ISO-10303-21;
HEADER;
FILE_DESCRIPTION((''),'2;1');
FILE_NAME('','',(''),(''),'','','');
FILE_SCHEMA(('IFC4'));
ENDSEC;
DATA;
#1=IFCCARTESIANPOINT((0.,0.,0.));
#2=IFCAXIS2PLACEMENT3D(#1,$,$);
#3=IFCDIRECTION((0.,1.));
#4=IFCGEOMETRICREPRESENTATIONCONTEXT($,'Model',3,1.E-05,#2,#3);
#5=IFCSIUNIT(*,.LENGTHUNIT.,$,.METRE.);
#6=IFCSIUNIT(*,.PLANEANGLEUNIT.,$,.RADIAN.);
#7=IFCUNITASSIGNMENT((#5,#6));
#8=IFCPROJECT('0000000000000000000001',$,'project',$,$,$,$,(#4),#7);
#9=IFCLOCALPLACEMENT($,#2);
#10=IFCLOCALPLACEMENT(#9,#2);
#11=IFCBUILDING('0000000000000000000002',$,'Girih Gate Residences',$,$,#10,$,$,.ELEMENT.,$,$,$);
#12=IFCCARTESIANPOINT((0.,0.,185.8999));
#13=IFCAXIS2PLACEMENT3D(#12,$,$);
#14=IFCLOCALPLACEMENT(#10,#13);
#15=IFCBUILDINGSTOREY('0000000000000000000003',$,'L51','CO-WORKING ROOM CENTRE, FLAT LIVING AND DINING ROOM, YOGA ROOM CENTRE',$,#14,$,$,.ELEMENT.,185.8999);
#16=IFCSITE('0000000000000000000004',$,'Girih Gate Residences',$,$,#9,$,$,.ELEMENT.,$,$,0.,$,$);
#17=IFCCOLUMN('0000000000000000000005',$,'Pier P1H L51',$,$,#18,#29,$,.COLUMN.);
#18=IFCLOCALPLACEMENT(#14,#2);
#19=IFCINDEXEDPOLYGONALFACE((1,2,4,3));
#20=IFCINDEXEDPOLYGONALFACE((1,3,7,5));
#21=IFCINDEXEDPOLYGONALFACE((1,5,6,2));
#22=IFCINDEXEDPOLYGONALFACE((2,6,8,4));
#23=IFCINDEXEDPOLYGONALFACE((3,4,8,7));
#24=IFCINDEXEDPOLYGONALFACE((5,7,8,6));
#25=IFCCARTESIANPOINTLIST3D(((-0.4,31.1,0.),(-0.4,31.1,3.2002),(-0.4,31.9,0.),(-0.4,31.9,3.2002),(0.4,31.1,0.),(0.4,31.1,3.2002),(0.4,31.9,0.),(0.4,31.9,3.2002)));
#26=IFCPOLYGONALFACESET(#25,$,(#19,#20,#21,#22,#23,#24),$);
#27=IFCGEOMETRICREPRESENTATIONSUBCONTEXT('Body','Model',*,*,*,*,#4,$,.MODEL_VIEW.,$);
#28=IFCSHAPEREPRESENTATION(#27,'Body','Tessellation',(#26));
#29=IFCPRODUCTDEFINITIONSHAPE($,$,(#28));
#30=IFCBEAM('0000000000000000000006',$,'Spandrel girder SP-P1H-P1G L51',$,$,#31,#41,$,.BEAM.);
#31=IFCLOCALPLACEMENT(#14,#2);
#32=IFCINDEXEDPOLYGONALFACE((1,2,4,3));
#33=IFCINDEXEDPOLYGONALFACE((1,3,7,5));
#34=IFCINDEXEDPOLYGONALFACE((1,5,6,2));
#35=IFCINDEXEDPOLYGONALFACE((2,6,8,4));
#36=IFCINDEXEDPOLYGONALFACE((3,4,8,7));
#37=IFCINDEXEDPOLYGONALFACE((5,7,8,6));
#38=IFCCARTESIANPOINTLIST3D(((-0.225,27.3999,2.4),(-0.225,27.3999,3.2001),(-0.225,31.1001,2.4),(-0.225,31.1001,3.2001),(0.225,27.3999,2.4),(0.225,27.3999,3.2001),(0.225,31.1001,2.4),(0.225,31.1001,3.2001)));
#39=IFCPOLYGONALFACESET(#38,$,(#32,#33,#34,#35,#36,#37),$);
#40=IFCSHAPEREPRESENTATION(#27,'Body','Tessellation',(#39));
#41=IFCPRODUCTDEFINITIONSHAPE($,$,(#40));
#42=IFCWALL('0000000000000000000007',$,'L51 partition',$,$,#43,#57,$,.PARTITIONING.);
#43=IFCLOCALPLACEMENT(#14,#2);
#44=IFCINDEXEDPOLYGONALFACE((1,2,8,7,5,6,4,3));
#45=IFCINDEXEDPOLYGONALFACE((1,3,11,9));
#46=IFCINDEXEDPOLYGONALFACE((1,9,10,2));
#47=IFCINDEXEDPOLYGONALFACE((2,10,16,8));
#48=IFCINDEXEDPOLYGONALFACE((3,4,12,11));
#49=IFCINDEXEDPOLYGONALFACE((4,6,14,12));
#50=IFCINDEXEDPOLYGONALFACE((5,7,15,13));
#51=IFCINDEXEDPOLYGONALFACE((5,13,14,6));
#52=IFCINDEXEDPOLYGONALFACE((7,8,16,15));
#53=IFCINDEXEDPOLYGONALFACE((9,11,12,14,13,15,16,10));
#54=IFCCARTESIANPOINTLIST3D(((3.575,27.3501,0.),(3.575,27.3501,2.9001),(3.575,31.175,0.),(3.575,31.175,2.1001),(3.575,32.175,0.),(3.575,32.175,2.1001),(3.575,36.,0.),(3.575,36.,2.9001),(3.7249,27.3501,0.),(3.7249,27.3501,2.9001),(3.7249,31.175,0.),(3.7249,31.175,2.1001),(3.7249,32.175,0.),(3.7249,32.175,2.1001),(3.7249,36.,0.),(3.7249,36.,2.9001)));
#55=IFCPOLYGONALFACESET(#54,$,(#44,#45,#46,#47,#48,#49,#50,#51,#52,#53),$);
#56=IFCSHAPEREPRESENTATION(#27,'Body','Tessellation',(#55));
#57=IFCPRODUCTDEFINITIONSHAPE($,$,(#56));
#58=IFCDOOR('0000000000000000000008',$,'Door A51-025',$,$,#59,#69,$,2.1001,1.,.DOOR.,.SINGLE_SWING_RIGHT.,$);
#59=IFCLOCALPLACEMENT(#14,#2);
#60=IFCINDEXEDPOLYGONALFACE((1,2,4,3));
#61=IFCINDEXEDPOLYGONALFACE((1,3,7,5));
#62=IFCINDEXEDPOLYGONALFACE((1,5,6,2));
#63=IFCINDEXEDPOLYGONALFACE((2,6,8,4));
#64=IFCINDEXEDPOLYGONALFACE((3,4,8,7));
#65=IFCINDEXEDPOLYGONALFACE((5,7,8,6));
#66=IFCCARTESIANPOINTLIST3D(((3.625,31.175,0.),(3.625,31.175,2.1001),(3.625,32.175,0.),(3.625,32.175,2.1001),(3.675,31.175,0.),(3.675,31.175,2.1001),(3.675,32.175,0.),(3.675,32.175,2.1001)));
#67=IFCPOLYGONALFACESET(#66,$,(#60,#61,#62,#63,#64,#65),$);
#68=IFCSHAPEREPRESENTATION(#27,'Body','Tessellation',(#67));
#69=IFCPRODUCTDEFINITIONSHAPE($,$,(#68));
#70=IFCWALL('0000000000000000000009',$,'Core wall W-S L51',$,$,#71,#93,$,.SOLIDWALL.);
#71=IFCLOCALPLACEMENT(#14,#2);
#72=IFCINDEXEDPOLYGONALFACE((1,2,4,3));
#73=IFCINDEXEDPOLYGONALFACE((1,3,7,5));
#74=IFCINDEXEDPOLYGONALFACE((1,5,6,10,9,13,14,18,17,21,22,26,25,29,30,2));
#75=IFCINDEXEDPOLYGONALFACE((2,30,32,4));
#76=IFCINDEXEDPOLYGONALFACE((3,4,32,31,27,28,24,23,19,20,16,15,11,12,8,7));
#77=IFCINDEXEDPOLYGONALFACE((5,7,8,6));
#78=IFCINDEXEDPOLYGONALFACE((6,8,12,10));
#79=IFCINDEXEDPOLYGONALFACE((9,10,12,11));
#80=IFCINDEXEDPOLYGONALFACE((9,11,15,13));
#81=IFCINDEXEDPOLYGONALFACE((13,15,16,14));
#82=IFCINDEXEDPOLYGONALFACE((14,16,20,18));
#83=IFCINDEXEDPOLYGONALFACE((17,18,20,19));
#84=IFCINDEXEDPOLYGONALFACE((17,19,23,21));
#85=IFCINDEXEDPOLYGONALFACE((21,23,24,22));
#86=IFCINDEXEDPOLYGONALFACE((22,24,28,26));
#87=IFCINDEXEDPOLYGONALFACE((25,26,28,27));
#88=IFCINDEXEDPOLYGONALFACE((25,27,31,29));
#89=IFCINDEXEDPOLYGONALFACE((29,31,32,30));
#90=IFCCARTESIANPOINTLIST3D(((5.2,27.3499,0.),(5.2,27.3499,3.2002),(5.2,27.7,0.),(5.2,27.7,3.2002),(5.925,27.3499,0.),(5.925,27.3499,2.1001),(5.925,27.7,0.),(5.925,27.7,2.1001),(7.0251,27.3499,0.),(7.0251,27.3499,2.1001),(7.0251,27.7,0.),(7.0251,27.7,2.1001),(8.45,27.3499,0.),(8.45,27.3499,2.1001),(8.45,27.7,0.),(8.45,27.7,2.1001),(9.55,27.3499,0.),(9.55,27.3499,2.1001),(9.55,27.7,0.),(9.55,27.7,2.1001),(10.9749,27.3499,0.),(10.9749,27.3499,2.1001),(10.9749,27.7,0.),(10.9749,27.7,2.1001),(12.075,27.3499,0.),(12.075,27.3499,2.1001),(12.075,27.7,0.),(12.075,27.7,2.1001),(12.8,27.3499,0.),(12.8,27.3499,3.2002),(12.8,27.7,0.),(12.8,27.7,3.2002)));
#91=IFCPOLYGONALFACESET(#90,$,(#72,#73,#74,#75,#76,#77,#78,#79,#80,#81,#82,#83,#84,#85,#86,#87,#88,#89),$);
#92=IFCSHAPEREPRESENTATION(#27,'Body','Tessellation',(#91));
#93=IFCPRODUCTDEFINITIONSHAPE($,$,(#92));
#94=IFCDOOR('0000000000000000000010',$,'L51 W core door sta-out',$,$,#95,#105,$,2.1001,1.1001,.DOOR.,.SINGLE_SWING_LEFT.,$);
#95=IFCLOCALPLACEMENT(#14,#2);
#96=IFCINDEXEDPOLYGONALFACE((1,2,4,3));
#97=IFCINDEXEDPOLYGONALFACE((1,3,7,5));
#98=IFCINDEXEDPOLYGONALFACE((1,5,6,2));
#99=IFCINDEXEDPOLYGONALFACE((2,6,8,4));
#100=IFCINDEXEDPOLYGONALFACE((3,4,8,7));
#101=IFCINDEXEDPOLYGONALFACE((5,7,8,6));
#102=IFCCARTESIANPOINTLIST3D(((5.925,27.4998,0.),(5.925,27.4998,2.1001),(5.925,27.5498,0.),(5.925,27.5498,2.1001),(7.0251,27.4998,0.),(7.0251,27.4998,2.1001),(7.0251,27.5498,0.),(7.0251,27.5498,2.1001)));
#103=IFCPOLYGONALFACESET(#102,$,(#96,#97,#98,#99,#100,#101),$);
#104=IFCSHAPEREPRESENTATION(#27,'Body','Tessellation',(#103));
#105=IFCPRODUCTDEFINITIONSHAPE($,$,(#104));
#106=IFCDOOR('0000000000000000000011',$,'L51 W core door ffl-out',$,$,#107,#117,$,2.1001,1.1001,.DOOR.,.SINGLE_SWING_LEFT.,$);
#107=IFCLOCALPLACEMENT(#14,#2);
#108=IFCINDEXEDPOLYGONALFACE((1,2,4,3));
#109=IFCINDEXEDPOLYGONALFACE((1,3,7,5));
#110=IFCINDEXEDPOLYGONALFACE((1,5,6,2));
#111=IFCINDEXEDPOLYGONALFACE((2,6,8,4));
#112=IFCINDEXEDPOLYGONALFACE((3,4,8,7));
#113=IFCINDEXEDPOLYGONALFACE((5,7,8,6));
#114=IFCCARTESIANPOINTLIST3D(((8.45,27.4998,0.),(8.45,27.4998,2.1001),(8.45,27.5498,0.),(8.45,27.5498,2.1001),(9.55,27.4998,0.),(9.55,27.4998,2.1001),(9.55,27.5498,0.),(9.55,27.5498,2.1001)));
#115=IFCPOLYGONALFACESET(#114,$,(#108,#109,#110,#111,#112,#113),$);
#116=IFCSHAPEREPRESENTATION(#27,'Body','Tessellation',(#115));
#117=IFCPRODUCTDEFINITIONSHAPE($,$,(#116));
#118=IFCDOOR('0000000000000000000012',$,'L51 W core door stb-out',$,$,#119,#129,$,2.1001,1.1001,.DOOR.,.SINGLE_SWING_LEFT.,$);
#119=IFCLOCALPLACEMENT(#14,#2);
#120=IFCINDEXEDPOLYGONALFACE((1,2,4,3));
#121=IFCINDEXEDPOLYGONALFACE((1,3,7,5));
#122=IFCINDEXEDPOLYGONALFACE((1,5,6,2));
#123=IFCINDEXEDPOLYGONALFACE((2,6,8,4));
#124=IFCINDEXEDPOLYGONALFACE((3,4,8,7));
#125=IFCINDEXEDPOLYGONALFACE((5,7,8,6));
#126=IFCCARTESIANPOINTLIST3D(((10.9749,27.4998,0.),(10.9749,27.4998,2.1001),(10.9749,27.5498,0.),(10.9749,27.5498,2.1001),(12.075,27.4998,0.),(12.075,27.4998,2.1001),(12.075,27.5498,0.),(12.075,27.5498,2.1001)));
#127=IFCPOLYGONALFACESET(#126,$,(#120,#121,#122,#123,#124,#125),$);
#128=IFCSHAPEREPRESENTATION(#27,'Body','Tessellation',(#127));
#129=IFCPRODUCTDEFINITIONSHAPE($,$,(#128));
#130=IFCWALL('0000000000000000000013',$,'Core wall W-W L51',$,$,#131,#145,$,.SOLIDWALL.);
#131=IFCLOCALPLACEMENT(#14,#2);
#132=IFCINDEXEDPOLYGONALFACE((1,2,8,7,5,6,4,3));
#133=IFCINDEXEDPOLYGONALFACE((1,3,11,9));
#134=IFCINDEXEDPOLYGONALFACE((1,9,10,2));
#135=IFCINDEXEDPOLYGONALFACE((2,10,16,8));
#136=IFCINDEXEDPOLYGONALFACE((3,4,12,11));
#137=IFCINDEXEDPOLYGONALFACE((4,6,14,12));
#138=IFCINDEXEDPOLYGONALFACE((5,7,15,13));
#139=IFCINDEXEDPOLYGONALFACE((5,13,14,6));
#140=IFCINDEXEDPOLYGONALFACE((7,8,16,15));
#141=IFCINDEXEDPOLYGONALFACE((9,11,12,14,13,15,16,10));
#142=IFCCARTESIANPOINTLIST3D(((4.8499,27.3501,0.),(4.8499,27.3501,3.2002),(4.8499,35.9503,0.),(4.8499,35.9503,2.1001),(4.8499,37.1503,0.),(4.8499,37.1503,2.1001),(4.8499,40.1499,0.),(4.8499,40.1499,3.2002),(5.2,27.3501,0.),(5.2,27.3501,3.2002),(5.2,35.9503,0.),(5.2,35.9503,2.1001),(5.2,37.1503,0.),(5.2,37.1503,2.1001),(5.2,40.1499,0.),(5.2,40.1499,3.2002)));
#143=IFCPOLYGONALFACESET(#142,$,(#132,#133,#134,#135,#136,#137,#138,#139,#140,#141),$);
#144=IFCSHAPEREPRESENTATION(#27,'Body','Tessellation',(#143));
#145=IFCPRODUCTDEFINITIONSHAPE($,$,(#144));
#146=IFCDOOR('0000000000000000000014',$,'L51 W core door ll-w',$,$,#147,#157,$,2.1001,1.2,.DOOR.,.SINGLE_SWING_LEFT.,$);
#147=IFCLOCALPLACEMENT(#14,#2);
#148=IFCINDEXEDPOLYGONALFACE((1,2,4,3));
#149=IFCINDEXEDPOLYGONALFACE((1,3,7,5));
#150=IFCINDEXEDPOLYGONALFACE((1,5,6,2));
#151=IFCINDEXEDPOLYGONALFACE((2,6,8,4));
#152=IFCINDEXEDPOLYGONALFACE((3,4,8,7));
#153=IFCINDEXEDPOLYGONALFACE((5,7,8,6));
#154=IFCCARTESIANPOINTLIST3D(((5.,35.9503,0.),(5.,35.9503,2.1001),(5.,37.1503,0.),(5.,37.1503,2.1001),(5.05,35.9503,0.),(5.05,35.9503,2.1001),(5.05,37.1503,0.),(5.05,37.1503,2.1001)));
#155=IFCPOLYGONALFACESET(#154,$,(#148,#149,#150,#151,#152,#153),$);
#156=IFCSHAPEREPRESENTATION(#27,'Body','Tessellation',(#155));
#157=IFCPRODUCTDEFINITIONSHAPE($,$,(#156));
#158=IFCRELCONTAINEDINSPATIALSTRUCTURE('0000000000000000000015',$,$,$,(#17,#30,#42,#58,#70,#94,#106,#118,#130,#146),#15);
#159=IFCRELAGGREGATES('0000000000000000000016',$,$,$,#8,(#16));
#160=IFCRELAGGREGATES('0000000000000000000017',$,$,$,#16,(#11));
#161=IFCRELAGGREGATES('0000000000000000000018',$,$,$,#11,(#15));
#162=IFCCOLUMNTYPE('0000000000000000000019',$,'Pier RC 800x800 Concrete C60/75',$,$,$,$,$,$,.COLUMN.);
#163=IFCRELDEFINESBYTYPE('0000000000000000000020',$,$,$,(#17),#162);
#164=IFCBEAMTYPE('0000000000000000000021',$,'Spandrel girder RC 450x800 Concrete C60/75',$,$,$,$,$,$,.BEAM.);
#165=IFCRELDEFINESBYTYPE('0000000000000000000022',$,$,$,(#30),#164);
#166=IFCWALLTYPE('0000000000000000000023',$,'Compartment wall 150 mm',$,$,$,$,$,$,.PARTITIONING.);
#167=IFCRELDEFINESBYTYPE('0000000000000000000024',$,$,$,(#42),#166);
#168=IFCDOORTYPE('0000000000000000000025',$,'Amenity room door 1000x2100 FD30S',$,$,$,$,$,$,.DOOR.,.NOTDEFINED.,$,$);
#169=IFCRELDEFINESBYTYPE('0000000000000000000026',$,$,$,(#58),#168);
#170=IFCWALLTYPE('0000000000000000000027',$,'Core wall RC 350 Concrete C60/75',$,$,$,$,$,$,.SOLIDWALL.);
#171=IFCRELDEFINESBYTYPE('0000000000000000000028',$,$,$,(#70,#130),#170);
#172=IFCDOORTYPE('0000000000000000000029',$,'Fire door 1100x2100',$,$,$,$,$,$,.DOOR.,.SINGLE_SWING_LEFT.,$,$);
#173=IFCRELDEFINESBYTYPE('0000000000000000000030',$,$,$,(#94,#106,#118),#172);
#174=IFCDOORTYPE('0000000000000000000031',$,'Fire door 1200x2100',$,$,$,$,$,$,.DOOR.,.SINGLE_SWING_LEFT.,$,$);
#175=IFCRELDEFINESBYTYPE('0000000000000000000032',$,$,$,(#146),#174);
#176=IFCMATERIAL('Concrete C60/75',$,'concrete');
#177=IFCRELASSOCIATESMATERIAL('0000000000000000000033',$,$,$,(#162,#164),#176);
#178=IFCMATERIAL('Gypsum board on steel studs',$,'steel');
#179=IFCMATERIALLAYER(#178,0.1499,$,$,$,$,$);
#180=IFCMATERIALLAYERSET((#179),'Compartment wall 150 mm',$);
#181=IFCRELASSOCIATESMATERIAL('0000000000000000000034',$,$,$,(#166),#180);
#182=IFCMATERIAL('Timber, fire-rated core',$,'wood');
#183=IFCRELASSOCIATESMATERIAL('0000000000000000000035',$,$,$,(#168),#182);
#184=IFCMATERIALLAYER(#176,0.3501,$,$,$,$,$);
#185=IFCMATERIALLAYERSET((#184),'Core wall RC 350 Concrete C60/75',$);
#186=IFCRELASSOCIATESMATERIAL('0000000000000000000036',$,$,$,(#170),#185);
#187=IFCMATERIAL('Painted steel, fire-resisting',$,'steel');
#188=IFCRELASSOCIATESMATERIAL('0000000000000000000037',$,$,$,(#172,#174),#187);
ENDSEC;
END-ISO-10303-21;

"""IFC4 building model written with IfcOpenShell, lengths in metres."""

from ifc_helpers import new_model, si_unit, direction, frame, frame_2d, origin, origin_2d, place, context, subcontext, project, spatial, rectangle, extrude, material, layer, layer_set, material_profile, profile_set, type_object, element, fill, save


model = new_model("IFC4")

# Units and contexts
model_context = context("Model", 3, precision=1e-05, world=origin(), true_north=direction((0.0, 1.0)))
body_context = subcontext(model_context, "Body", "Model", "MODEL_VIEW")
ifc_project = project(units=[si_unit("LENGTHUNIT", "METRE"), si_unit("PLANEANGLEUNIT", "RADIAN")], contexts=[model_context])

# Site, building, storey
site_placement = place(None, origin())
site = spatial("IfcSite", under=ifc_project, at=site_placement, Name="Girih Gate Residences", CompositionType="ELEMENT", RefElevation=0.0)
building_placement = place(site_placement, origin())
building = spatial("IfcBuilding", under=site, at=building_placement, Name="Girih Gate Residences", CompositionType="ELEMENT")
storey_placement = place(building_placement, frame((0.0, 0.0, 185.8999)))
storey = spatial("IfcBuildingStorey", under=building, at=storey_placement, Name="L51", Description="CO-WORKING ROOM CENTRE, FLAT LIVING AND DINING ROOM, YOGA ROOM CENTRE", CompositionType="ELEMENT", Elevation=185.8999)

# Column
ifc_material_1 = material(Name="Concrete C60/75", Category="concrete")
ifc_material_profile_1 = material_profile(ifc_material_1, rectangle(XDim=0.8, YDim=0.8, at=origin_2d()))
ifc_profile_set_1 = profile_set([ifc_material_profile_1], Name="Concrete C60/75")
column_type = type_object("IfcColumnType", Name="Pier RC 800x800 Concrete C60/75", PredefinedType="COLUMN", material=ifc_profile_set_1)
column_placement = place(storey_placement, frame((0.0, 31.5, 0.0), z_axis=(0.0, 0.0, 1.0), x_axis=(1.0, 0.0, 0.0)))
element("IfcColumn", 1, at=column_placement, inside=storey, type_object=column_type, Name="Pier P1H L51", PredefinedType="COLUMN", context=body_context, shape_type="SweptSolid", body=[
    extrude(rectangle(XDim=0.8, YDim=0.8, at=origin_2d()), origin(), (0.0, 0.0, 1.0), 3.2002),
])

# Beam
ifc_material_profile_2 = material_profile(ifc_material_1, rectangle(XDim=0.45, YDim=0.8, at=origin_2d()))
ifc_profile_set_2 = profile_set([ifc_material_profile_2], Name="Concrete C60/75")
beam_type = type_object("IfcBeamType", Name="Spandrel girder RC 450x800 Concrete C60/75", PredefinedType="BEAM", material=ifc_profile_set_2)
beam_placement = place(storey_placement, frame((0.0, 31.1001, 2.8), z_axis=(0.0, -1.0, 0.0), x_axis=(1.0, 0.0, 0.0)))
element("IfcBeam", 2, at=beam_placement, inside=storey, type_object=beam_type, Name="Spandrel girder SP-P1H-P1G L51", PredefinedType="BEAM", context=body_context, shape_type="SweptSolid", body=[
    extrude(rectangle(XDim=0.45, YDim=0.8, at=origin_2d()), origin(), (0.0, 0.0, 1.0), 3.7002),
])

# Wall, opening, door
ifc_material_2 = material(Name="Gypsum board on steel studs", Category="steel")
ifc_layer_1 = layer(ifc_material_2, 0.1499)
ifc_layer_set_1 = layer_set([ifc_layer_1], Name="Compartment wall 150 mm")
wall_type_1 = type_object("IfcWallType", Name="Compartment wall 150 mm", PredefinedType="PARTITIONING", material=ifc_layer_set_1)
wall_1_placement = place(storey_placement, frame((3.6499, 27.3501, 0.0), z_axis=(0.0, 0.0, 1.0), x_axis=(0.0, 1.0, 0.0)))
wall_1 = element("IfcWall", 3, at=wall_1_placement, inside=storey, type_object=wall_type_1, Name="L51 partition", PredefinedType="PARTITIONING", context=body_context, shape_type="SweptSolid", body=[
    extrude(rectangle(XDim=8.6499, YDim=0.1499, at=frame_2d((4.325, 0.0))), origin(), (0.0, 0.0, 1.0), 2.9001),
])
opening_1_placement = place(wall_1_placement, frame((3.825, 0.0, 0.0)))
opening_1 = element("IfcOpeningElement", 4, at=opening_1_placement, cuts=wall_1, PredefinedType="OPENING", context=body_context, shape_type="SweptSolid", body=[
    extrude(rectangle(XDim=1.0, YDim=2.1001, at=frame_2d((0.5, 1.05))), frame((0.0, 0.085, 0.0), z_axis=(0.0, -1.0, 0.0), x_axis=(1.0, 0.0, 0.0)), (0.0, 0.0, 1.0), 0.1699),
])
ifc_material_3 = material(Name="Timber, fire-rated core", Category="wood")
door_type_1 = type_object("IfcDoorType", Name="Amenity room door 1000x2100 FD30S", OperationType="NOTDEFINED", PredefinedType="DOOR", material=ifc_material_3)
door_1_placement = place(opening_1_placement, origin())
door_1 = element("IfcDoor", 5, at=door_1_placement, inside=storey, type_object=door_type_1, Name="Door A51-025", OperationType="SINGLE_SWING_RIGHT", OverallHeight=2.1001, OverallWidth=1.0, PredefinedType="DOOR", context=body_context, shape_type="SweptSolid", body=[
    extrude(rectangle(XDim=1.0, YDim=2.1001, at=frame_2d((0.5, 1.05))), frame((0.0, 0.0249, 0.0), z_axis=(0.0, -1.0, 0.0), x_axis=(1.0, 0.0, 0.0)), (0.0, 0.0, 1.0), 0.05),
])
fill(opening_1, door_1)

# Wall, openings, doors
ifc_layer_2 = layer(ifc_material_1, 0.3501)
ifc_layer_set_2 = layer_set([ifc_layer_2], Name="Core wall RC 350 Concrete C60/75")
wall_type_2 = type_object("IfcWallType", Name="Core wall RC 350 Concrete C60/75", PredefinedType="SOLIDWALL", material=ifc_layer_set_2)
wall_2_placement = place(storey_placement, frame((5.2, 27.5249, 0.0), z_axis=(0.0, 0.0, 1.0), x_axis=(1.0, 0.0, 0.0)))
wall_2 = element("IfcWall", 6, at=wall_2_placement, inside=storey, type_object=wall_type_2, Name="Core wall W-S L51", PredefinedType="SOLIDWALL", context=body_context, shape_type="SweptSolid", body=[
    extrude(rectangle(XDim=7.6001, YDim=0.3501, at=frame_2d((3.8, 0.0))), origin(), (0.0, 0.0, 1.0), 3.2002),
])
opening_2_placement = place(wall_2_placement, frame((0.7251, 0.0, 0.0)))
opening_2 = element("IfcOpeningElement", 7, at=opening_2_placement, cuts=wall_2, PredefinedType="OPENING", context=body_context, shape_type="SweptSolid", body=[
    extrude(rectangle(XDim=1.1001, YDim=2.1001, at=frame_2d((0.55, 1.05))), frame((0.0, 0.1851, 0.0), z_axis=(0.0, -1.0, 0.0), x_axis=(1.0, 0.0, 0.0)), (0.0, 0.0, 1.0), 0.3701),
])
opening_3_placement = place(wall_2_placement, frame((3.25, 0.0, 0.0)))
opening_3 = element("IfcOpeningElement", 8, at=opening_3_placement, cuts=wall_2, PredefinedType="OPENING", context=body_context, shape_type="SweptSolid", body=[
    extrude(rectangle(XDim=1.1001, YDim=2.1001, at=frame_2d((0.55, 1.05))), frame((0.0, 0.1851, 0.0), z_axis=(0.0, -1.0, 0.0), x_axis=(1.0, 0.0, 0.0)), (0.0, 0.0, 1.0), 0.3701),
])
opening_4_placement = place(wall_2_placement, frame((5.7749, 0.0, 0.0)))
opening_4 = element("IfcOpeningElement", 9, at=opening_4_placement, cuts=wall_2, PredefinedType="OPENING", context=body_context, shape_type="SweptSolid", body=[
    extrude(rectangle(XDim=1.1001, YDim=2.1001, at=frame_2d((0.55, 1.05))), frame((0.0, 0.1851, 0.0), z_axis=(0.0, -1.0, 0.0), x_axis=(1.0, 0.0, 0.0)), (0.0, 0.0, 1.0), 0.3701),
])
ifc_material_4 = material(Name="Painted steel, fire-resisting", Category="steel")
door_type_2 = type_object("IfcDoorType", Name="Fire door 1100x2100", OperationType="SINGLE_SWING_LEFT", PredefinedType="DOOR", material=ifc_material_4)
door_2_placement = place(opening_2_placement, origin())
door_2 = element("IfcDoor", 10, at=door_2_placement, inside=storey, type_object=door_type_2, Name="L51 W core door sta-out", OperationType="SINGLE_SWING_LEFT", OverallHeight=2.1001, OverallWidth=1.1001, PredefinedType="DOOR", context=body_context, shape_type="SweptSolid", body=[
    extrude(rectangle(XDim=1.1001, YDim=2.1001, at=frame_2d((0.55, 1.05))), frame((0.0, 0.0249, 0.0), z_axis=(0.0, -1.0, 0.0), x_axis=(1.0, 0.0, 0.0)), (0.0, 0.0, 1.0), 0.05),
])
fill(opening_2, door_2)
door_3_placement = place(opening_3_placement, origin())
door_3 = element("IfcDoor", 11, at=door_3_placement, inside=storey, type_object=door_type_2, Name="L51 W core door ffl-out", OperationType="SINGLE_SWING_LEFT", OverallHeight=2.1001, OverallWidth=1.1001, PredefinedType="DOOR", context=body_context, shape_type="SweptSolid", body=[
    extrude(rectangle(XDim=1.1001, YDim=2.1001, at=frame_2d((0.55, 1.05))), frame((0.0, 0.0249, 0.0), z_axis=(0.0, -1.0, 0.0), x_axis=(1.0, 0.0, 0.0)), (0.0, 0.0, 1.0), 0.05),
])
fill(opening_3, door_3)
door_4_placement = place(opening_4_placement, origin())
door_4 = element("IfcDoor", 12, at=door_4_placement, inside=storey, type_object=door_type_2, Name="L51 W core door stb-out", OperationType="SINGLE_SWING_LEFT", OverallHeight=2.1001, OverallWidth=1.1001, PredefinedType="DOOR", context=body_context, shape_type="SweptSolid", body=[
    extrude(rectangle(XDim=1.1001, YDim=2.1001, at=frame_2d((0.55, 1.05))), frame((0.0, 0.0249, 0.0), z_axis=(0.0, -1.0, 0.0), x_axis=(1.0, 0.0, 0.0)), (0.0, 0.0, 1.0), 0.05),
])
fill(opening_4, door_4)

# Wall, opening, door
wall_3_placement = place(storey_placement, frame((5.0249, 27.3501, 0.0), z_axis=(0.0, 0.0, 1.0), x_axis=(0.0, 1.0, 0.0)))
wall_3 = element("IfcWall", 13, at=wall_3_placement, inside=storey, type_object=wall_type_2, Name="Core wall W-W L51", PredefinedType="SOLIDWALL", context=body_context, shape_type="SweptSolid", body=[
    extrude(rectangle(XDim=12.7998, YDim=0.3501, at=frame_2d((6.3999, 0.0))), origin(), (0.0, 0.0, 1.0), 3.2002),
])
opening_5_placement = place(wall_3_placement, frame((8.6001, 0.0, 0.0)))
opening_5 = element("IfcOpeningElement", 14, at=opening_5_placement, cuts=wall_3, PredefinedType="OPENING", context=body_context, shape_type="SweptSolid", body=[
    extrude(rectangle(XDim=1.2, YDim=2.1001, at=frame_2d((0.6001, 1.05))), frame((0.0, 0.1851, 0.0), z_axis=(0.0, -1.0, 0.0), x_axis=(1.0, 0.0, 0.0)), (0.0, 0.0, 1.0), 0.3701),
])
door_type_3 = type_object("IfcDoorType", Name="Fire door 1200x2100", OperationType="SINGLE_SWING_LEFT", PredefinedType="DOOR", material=ifc_material_4)
door_5_placement = place(opening_5_placement, origin())
door_5 = element("IfcDoor", 15, at=door_5_placement, inside=storey, type_object=door_type_3, Name="L51 W core door ll-w", OperationType="SINGLE_SWING_LEFT", OverallHeight=2.1001, OverallWidth=1.2, PredefinedType="DOOR", context=body_context, shape_type="SweptSolid", body=[
    extrude(rectangle(XDim=1.2, YDim=2.1001, at=frame_2d((0.6001, 1.05))), frame((0.0, 0.0249, 0.0), z_axis=(0.0, -1.0, 0.0), x_axis=(1.0, 0.0, 0.0)), (0.0, 0.0, 1.0), 0.05),
])
fill(opening_5, door_5)

save(model, "model.ifc")
